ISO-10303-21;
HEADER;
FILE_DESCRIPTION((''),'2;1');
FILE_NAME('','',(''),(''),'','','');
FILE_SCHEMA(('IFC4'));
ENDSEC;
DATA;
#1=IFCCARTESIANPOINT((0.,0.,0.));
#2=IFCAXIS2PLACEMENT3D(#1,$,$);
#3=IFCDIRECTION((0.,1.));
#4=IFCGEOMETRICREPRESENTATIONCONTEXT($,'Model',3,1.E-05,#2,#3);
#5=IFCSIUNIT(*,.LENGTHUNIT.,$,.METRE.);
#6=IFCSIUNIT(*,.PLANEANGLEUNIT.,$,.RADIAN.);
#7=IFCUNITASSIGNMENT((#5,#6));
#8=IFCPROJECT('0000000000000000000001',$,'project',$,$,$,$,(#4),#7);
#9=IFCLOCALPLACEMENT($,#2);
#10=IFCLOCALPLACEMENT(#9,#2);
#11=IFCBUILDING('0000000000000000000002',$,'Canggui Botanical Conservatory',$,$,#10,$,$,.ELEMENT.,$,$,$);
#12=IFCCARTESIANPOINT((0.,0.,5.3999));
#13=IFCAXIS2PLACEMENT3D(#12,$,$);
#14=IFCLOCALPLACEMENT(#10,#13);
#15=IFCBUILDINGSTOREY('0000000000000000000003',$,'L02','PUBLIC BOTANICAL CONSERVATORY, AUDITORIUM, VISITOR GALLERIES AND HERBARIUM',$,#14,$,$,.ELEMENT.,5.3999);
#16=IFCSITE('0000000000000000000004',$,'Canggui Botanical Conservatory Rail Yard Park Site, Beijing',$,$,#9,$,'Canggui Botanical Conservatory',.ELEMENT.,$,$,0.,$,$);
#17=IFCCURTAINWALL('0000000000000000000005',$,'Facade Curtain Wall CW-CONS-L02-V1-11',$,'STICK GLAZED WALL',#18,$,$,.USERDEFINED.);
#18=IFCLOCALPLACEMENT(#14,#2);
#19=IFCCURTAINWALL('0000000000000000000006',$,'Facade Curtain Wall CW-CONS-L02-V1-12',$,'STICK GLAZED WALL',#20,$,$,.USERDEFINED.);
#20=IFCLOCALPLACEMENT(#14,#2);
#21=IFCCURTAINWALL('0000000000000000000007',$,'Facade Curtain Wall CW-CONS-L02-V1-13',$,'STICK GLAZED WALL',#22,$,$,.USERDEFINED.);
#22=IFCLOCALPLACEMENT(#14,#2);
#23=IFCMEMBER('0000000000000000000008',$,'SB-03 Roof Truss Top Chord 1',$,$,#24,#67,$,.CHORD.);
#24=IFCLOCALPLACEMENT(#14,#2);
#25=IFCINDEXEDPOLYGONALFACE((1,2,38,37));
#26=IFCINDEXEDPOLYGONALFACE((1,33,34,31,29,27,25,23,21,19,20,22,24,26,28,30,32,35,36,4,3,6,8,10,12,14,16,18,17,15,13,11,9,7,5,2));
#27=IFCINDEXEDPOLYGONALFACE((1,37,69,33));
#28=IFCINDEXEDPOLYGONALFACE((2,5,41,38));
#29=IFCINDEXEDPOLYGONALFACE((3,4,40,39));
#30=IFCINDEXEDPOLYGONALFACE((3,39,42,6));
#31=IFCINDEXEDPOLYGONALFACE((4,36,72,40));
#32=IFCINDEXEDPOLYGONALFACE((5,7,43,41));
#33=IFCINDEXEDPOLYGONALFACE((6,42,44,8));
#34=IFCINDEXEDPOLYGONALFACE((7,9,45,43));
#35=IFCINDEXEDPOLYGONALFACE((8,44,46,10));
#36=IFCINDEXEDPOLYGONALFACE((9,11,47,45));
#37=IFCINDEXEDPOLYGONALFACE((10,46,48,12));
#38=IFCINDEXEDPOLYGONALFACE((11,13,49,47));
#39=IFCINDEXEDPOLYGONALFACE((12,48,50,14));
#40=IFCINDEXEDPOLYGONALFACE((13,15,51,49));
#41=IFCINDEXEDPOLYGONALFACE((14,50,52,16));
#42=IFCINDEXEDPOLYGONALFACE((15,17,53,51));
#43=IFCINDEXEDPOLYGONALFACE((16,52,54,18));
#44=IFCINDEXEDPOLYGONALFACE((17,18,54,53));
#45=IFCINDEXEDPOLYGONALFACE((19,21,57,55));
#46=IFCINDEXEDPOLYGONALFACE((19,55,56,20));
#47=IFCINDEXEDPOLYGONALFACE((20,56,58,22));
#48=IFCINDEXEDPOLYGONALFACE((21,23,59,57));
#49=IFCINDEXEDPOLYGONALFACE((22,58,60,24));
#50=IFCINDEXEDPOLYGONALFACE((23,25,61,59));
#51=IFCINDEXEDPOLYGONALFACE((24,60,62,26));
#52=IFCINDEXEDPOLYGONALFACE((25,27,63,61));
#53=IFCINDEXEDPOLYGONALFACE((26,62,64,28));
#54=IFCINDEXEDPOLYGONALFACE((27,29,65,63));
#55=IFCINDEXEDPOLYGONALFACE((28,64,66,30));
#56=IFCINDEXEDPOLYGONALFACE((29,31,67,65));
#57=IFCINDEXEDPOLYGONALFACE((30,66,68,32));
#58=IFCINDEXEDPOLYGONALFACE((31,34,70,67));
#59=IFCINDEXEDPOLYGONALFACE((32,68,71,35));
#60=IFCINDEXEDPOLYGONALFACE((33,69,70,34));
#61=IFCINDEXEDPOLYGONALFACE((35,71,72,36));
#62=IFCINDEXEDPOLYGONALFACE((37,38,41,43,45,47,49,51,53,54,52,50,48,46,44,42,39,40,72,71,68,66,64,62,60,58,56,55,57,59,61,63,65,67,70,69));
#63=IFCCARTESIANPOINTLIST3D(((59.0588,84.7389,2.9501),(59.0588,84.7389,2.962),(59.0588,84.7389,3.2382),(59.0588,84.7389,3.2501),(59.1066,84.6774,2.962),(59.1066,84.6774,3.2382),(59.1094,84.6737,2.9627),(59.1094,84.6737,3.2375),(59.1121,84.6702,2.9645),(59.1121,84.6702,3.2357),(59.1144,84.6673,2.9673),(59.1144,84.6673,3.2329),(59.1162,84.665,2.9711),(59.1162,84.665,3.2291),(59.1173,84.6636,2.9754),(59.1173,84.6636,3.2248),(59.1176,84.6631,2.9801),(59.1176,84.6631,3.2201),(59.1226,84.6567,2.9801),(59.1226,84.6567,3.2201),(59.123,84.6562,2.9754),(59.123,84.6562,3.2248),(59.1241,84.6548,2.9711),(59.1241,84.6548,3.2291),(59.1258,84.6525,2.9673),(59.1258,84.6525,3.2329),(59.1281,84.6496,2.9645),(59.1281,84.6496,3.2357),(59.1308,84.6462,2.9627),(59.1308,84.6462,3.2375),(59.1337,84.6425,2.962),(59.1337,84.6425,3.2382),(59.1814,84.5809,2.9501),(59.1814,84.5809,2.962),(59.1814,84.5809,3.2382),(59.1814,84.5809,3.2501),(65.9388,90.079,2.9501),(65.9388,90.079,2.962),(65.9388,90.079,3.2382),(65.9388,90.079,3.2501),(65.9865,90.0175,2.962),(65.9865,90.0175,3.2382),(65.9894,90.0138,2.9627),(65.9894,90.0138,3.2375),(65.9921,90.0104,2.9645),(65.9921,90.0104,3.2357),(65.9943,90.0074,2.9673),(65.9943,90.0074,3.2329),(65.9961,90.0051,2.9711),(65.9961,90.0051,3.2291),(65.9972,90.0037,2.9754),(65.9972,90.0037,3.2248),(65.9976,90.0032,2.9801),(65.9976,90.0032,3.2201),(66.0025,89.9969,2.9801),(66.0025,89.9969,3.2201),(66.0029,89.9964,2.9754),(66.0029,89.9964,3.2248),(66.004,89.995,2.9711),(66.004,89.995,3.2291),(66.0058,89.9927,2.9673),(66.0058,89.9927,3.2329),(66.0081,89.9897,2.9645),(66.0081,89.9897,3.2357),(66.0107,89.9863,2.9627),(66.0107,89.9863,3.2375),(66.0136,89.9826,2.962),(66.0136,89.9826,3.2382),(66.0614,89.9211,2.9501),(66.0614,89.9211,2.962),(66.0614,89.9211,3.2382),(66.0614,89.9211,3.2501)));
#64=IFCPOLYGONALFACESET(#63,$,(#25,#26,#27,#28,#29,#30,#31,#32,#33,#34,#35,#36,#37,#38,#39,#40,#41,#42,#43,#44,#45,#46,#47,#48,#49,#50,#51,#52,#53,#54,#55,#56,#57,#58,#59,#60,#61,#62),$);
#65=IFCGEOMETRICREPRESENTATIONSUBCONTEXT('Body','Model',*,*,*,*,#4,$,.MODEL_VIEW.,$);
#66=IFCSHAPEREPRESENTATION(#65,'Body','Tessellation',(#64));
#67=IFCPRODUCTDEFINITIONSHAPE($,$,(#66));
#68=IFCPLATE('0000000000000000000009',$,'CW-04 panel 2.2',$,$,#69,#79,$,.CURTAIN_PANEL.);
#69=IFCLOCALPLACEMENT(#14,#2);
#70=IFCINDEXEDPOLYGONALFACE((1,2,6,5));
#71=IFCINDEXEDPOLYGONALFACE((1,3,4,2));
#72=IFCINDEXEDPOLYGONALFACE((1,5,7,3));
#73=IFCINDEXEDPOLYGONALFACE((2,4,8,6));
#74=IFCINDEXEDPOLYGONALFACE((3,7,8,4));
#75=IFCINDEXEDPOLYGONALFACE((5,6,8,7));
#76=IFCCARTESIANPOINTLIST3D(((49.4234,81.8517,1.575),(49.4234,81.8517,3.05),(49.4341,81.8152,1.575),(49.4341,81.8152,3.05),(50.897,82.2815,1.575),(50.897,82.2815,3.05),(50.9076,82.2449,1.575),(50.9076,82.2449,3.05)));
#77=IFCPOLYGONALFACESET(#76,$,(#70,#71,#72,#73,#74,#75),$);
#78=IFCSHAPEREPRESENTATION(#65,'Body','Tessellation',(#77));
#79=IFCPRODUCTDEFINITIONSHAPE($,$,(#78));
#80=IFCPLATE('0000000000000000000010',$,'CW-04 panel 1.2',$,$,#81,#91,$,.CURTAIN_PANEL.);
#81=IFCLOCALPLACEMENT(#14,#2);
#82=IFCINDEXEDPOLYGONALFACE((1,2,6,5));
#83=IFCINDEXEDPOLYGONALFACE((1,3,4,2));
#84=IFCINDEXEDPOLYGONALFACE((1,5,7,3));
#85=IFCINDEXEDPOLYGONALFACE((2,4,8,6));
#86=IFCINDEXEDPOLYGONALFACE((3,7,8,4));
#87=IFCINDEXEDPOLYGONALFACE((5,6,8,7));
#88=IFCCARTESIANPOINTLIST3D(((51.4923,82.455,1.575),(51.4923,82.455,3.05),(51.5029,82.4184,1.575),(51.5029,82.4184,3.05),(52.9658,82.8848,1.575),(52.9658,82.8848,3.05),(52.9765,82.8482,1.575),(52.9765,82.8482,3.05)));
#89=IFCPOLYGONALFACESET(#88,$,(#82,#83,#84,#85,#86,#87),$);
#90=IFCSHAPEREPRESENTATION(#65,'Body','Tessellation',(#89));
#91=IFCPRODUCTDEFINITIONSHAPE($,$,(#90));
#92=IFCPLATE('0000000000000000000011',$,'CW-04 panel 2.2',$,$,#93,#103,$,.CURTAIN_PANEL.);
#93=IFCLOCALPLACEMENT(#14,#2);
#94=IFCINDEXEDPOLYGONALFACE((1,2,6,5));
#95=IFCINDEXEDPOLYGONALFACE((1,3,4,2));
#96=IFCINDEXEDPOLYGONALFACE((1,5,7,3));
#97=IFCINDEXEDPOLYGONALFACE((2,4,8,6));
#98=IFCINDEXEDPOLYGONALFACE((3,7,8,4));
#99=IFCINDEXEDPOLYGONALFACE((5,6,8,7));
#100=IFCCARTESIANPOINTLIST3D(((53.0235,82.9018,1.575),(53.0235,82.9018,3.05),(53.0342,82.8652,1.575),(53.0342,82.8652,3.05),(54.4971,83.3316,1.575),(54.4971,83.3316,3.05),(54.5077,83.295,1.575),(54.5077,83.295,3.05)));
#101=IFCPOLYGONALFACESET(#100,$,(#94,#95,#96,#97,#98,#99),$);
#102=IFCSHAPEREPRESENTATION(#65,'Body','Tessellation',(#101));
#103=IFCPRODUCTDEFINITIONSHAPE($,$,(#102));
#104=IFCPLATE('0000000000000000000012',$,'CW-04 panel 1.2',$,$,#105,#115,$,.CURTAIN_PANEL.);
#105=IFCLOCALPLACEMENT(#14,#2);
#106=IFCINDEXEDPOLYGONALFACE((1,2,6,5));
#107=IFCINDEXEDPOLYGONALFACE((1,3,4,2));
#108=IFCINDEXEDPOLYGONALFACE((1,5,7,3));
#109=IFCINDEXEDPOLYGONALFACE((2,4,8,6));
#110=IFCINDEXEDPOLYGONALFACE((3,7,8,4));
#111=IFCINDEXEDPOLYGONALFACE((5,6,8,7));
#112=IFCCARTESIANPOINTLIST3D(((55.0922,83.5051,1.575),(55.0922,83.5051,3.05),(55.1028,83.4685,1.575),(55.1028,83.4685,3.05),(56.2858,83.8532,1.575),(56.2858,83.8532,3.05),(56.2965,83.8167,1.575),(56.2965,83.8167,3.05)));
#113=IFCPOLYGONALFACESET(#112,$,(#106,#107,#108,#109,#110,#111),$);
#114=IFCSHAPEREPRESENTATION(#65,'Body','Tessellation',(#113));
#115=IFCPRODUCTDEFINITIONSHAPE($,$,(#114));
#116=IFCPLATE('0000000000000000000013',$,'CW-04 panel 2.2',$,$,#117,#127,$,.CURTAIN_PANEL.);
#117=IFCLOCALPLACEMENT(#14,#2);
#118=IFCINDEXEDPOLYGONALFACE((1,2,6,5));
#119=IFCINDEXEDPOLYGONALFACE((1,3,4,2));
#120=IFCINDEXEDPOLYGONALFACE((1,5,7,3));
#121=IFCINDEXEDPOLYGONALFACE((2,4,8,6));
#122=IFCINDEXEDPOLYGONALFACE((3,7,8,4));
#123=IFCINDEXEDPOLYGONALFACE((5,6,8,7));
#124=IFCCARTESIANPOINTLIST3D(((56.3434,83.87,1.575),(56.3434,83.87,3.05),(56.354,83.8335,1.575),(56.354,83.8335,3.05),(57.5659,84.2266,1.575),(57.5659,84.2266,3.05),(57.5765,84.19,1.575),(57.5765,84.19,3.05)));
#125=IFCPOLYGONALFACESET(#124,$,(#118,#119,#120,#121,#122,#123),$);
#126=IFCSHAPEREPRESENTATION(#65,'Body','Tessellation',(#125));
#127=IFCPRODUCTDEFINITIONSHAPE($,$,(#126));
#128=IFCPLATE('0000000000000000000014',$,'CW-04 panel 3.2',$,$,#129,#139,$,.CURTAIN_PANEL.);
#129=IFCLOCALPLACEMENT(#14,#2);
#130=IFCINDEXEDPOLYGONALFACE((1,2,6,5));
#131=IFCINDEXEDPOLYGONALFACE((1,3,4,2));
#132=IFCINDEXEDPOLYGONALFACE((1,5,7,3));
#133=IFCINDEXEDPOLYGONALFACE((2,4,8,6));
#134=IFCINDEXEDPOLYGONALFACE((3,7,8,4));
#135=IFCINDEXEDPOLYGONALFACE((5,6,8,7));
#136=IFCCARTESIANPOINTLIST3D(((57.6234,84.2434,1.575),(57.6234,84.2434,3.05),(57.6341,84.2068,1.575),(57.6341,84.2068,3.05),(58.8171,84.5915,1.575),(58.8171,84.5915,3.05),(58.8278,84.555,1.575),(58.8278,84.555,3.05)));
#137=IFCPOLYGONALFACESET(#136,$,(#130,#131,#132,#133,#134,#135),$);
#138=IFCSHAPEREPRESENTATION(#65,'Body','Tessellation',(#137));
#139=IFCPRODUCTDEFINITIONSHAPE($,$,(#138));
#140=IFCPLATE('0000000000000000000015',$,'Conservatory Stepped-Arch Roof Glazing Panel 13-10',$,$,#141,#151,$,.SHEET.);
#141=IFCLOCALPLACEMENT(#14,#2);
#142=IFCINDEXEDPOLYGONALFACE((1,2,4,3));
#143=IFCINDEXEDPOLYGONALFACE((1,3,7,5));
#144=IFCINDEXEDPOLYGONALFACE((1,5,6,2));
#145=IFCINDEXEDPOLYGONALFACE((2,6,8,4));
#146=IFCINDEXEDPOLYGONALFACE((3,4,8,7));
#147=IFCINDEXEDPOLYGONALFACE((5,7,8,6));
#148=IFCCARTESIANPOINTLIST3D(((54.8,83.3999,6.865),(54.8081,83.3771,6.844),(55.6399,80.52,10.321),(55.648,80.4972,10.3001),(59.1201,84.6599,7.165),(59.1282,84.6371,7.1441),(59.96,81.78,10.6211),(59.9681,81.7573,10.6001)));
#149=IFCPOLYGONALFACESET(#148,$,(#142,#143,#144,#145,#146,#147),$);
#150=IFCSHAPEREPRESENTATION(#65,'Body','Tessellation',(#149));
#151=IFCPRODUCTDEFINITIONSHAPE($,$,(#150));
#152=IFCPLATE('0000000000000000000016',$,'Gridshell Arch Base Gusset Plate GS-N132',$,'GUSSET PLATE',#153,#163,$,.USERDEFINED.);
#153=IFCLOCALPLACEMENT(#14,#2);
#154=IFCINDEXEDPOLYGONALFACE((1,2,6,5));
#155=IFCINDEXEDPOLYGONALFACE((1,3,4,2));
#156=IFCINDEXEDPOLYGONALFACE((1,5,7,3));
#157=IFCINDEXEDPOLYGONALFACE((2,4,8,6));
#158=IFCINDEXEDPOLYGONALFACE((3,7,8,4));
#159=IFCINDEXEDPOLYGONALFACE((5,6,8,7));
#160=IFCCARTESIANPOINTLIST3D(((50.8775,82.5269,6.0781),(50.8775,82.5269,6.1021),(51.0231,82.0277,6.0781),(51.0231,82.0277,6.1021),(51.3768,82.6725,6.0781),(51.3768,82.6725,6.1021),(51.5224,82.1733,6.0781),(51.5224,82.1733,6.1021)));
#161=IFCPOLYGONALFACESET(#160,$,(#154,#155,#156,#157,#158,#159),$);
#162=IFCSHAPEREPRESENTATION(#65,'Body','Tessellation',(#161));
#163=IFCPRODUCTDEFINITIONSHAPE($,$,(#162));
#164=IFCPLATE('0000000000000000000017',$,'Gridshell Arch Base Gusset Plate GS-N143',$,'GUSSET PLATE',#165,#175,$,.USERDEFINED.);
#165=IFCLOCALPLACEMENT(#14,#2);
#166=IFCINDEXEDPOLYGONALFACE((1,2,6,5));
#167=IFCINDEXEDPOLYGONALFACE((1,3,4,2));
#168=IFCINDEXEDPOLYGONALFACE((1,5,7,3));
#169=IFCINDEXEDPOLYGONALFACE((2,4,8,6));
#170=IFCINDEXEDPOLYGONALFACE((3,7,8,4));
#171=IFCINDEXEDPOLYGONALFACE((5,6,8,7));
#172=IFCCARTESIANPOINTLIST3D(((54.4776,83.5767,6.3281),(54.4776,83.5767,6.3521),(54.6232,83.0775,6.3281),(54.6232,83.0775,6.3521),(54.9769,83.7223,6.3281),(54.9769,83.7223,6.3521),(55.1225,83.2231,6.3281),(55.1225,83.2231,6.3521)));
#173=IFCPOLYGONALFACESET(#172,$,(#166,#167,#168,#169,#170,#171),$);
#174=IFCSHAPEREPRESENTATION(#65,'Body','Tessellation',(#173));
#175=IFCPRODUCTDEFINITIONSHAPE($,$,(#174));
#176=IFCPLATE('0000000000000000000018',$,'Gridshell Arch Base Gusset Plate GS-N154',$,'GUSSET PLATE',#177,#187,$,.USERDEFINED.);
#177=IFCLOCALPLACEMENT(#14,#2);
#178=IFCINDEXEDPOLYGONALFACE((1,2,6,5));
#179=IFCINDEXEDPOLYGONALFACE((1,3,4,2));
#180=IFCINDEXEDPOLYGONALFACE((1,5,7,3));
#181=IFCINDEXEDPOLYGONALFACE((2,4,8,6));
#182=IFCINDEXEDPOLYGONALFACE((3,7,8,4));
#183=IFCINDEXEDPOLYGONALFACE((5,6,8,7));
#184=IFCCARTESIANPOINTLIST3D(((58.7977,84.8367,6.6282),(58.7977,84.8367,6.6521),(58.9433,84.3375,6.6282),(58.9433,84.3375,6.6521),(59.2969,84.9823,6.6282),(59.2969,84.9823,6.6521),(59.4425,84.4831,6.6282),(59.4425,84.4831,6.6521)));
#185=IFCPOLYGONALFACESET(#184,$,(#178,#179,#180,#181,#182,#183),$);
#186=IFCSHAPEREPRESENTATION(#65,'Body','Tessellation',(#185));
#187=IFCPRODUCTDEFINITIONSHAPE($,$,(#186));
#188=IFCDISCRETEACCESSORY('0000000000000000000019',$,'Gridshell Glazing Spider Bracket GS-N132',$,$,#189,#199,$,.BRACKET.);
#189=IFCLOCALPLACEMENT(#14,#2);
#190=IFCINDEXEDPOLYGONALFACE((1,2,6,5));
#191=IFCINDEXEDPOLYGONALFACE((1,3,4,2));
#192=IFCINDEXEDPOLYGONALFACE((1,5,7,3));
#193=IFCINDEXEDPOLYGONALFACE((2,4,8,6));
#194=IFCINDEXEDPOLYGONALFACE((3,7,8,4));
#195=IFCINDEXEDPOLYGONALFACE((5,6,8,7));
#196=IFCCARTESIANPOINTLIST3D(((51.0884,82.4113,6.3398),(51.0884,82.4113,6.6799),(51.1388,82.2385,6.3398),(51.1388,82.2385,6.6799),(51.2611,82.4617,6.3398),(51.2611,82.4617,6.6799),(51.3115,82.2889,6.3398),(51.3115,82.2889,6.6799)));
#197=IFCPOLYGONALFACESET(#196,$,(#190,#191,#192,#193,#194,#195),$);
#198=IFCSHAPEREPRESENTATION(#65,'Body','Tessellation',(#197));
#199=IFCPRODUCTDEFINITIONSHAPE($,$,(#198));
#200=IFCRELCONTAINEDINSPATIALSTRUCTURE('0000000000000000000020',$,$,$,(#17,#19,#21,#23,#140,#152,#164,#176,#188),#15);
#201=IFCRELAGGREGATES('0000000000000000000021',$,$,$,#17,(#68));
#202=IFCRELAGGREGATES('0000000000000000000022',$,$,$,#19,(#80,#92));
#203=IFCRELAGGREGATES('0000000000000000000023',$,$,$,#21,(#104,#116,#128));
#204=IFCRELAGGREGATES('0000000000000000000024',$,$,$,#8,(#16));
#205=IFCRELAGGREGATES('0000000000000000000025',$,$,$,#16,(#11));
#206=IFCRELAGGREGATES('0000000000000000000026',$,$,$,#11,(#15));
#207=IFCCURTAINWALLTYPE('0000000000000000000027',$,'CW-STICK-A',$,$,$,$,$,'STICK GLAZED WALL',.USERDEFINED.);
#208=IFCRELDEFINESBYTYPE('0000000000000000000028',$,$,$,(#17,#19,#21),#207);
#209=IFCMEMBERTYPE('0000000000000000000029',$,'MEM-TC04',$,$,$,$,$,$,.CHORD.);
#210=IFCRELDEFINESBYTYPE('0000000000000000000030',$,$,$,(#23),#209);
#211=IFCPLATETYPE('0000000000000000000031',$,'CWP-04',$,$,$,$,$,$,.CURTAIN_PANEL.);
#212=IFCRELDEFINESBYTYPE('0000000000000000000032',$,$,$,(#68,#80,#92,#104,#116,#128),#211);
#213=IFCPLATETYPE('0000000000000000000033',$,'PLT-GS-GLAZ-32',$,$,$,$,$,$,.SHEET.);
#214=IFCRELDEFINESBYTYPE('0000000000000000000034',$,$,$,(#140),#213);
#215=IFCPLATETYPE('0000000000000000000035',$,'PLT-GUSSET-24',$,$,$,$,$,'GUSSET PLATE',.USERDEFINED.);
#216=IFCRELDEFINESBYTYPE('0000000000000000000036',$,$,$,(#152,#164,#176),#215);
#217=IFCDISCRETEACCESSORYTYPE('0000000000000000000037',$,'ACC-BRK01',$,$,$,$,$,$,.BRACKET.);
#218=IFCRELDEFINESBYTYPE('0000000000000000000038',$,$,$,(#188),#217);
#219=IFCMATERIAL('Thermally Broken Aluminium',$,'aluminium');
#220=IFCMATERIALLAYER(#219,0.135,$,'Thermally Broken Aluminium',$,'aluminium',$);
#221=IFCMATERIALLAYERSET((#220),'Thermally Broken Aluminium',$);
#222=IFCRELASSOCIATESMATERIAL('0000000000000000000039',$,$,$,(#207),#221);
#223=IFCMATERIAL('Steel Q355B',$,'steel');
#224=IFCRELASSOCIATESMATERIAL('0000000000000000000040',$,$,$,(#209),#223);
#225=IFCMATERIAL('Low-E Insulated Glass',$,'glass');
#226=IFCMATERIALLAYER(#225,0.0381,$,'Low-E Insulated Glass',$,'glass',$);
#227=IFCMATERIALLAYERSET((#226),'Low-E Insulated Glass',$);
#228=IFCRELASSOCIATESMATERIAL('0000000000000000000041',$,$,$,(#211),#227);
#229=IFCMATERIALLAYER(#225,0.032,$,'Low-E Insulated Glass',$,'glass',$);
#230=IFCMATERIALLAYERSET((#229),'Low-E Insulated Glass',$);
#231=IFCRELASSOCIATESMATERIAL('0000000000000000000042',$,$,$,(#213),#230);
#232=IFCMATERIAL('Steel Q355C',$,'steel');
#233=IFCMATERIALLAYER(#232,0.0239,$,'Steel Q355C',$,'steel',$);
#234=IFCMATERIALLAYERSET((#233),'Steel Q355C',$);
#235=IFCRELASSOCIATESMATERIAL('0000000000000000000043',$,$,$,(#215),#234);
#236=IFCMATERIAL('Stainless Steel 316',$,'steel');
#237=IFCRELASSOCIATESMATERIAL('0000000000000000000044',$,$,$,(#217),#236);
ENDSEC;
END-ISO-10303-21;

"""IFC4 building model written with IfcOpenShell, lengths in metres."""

from ifc_helpers import new_model, si_unit, direction, frame, origin, origin_2d, place, context, subcontext, project, spatial, polyline, rectangle, i_section, outline, extrude, material, layer, layer_set, material_profile, profile_set, type_object, element, aggregate, save


model = new_model("IFC4")

# Units and contexts
model_context = context("Model", 3, precision=1e-05, world=origin(), true_north=direction((0.0, 1.0)))
body_context = subcontext(model_context, "Body", "Model", "MODEL_VIEW")
ifc_project = project(units=[si_unit("LENGTHUNIT", "METRE"), si_unit("PLANEANGLEUNIT", "RADIAN")], contexts=[model_context])

# Site, building, storey
site_placement = place(None, origin())
site = spatial("IfcSite", under=ifc_project, at=site_placement, Name="Canggui Botanical Conservatory Rail Yard Park Site, Beijing", LongName="Canggui Botanical Conservatory", CompositionType="ELEMENT", RefElevation=0.0)
building_placement = place(site_placement, origin())
building = spatial("IfcBuilding", under=site, at=building_placement, Name="Canggui Botanical Conservatory", CompositionType="ELEMENT")
storey_placement = place(building_placement, frame((0.0, 0.0, 5.3999)))
storey = spatial("IfcBuildingStorey", under=building, at=storey_placement, Name="L02", Description="PUBLIC BOTANICAL CONSERVATORY, AUDITORIUM, VISITOR GALLERIES AND HERBARIUM", CompositionType="ELEMENT", Elevation=5.3999)

# Shared definitions
ifc_material_1 = material(Name="Steel Q355C", Category="steel")

# Curtain wall
ifc_material_2 = material(Name="Thermally Broken Aluminium", Category="aluminium")
ifc_layer_1 = layer(ifc_material_2, 0.135, Name="Thermally Broken Aluminium", Category="aluminium")
ifc_layer_set_1 = layer_set([ifc_layer_1], Name="Thermally Broken Aluminium")
curtain_wall_type = type_object("IfcCurtainWallType", Name="CW-STICK-A", ElementType="STICK GLAZED WALL", PredefinedType="USERDEFINED", material=ifc_layer_set_1)
curtain_wall_1_placement = place(storey_placement, origin())
curtain_wall_1 = element("IfcCurtainWall", 1, at=curtain_wall_1_placement, inside=storey, type_object=curtain_wall_type, Name="Facade Curtain Wall CW-CONS-L02-V1-11", ObjectType="STICK GLAZED WALL", PredefinedType="USERDEFINED")

# Curtain walls
curtain_wall_2_placement = place(storey_placement, origin())
curtain_wall_2 = element("IfcCurtainWall", 2, at=curtain_wall_2_placement, inside=storey, type_object=curtain_wall_type, Name="Facade Curtain Wall CW-CONS-L02-V1-12", ObjectType="STICK GLAZED WALL", PredefinedType="USERDEFINED")
curtain_wall_3_placement = place(storey_placement, origin())
curtain_wall_3 = element("IfcCurtainWall", 3, at=curtain_wall_3_placement, inside=storey, type_object=curtain_wall_type, Name="Facade Curtain Wall CW-CONS-L02-V1-13", ObjectType="STICK GLAZED WALL", PredefinedType="USERDEFINED")

# Member
ifc_material_3 = material(Name="Steel Q355B", Category="steel")
ifc_material_profile_1 = material_profile(ifc_material_3, i_section(OverallWidth=0.2, OverallDepth=0.3, WebThickness=0.0081, FlangeThickness=0.012, FilletRadius=0.0181, at=origin_2d()), Name="HM 300x200x8x12")
ifc_profile_set_1 = profile_set([ifc_material_profile_1], Name="Steel Q355B")
member_type_1 = type_object("IfcMemberType", Name="MEM-TC04", PredefinedType="CHORD", material=ifc_profile_set_1)
member_1_placement = place(storey_placement, frame((59.1201, 84.6599, 3.1001), z_axis=(0.78996, 0.613158, 0.0), x_axis=(-0.613158, 0.78996, 0.0)))
element("IfcMember", 4, at=member_1_placement, inside=storey, type_object=member_type_1, Name="SB-03 Roof Truss Top Chord 1", PredefinedType="CHORD", context=body_context, shape_type="SweptSolid", body=[
    extrude(i_section(OverallWidth=0.2, OverallDepth=0.3, WebThickness=0.0081, FlangeThickness=0.012, FilletRadius=0.0181, at=origin_2d()), origin(), (0.0, 0.0, 1.0), 8.7092),
])

# Plates
ifc_material_4 = material(Name="Low-E Insulated Glass", Category="glass")
ifc_layer_2 = layer(ifc_material_4, 0.0381, Name="Low-E Insulated Glass", Category="glass")
ifc_layer_set_2 = layer_set([ifc_layer_2], Name="Low-E Insulated Glass")
plate_type_1 = type_object("IfcPlateType", Name="CWP-04", PredefinedType="CURTAIN_PANEL", material=ifc_layer_set_2)
plate_1_placement = place(storey_placement, frame((50.1655, 82.0483, 1.575), z_axis=(0.0, 0.0, 1.0), x_axis=(0.96, 0.28, 0.0)))
plate_1 = element("IfcPlate", 5, at=plate_1_placement, type_object=plate_type_1, Name="CW-04 panel 2.2", PredefinedType="CURTAIN_PANEL", context=body_context, shape_type="SweptSolid", body=[
    extrude(rectangle(XDim=1.5349, YDim=0.0381, at=origin_2d()), origin(), (0.0, 0.0, 1.0), 1.4751),
])
aggregate(curtain_wall_1, [plate_1])
plate_2_placement = place(storey_placement, frame((52.2344, 82.6516, 1.575), z_axis=(0.0, 0.0, 1.0), x_axis=(0.96, 0.28, 0.0)))
plate_2 = element("IfcPlate", 6, at=plate_2_placement, type_object=plate_type_1, Name="CW-04 panel 1.2", PredefinedType="CURTAIN_PANEL", context=body_context, shape_type="SweptSolid", body=[
    extrude(rectangle(XDim=1.5349, YDim=0.0381, at=origin_2d()), origin(), (0.0, 0.0, 1.0), 1.4751),
])
plate_3_placement = place(storey_placement, frame((53.7656, 83.0984, 1.575), z_axis=(0.0, 0.0, 1.0), x_axis=(0.96, 0.28, 0.0)))
plate_3 = element("IfcPlate", 7, at=plate_3_placement, type_object=plate_type_1, Name="CW-04 panel 2.2", PredefinedType="CURTAIN_PANEL", context=body_context, shape_type="SweptSolid", body=[
    extrude(rectangle(XDim=1.5349, YDim=0.0381, at=origin_2d()), origin(), (0.0, 0.0, 1.0), 1.4751),
])
aggregate(curtain_wall_2, [plate_2, plate_3])
plate_4_placement = place(storey_placement, frame((55.6943, 83.6609, 1.575), z_axis=(0.0, 0.0, 1.0), x_axis=(0.96, 0.28, 0.0)))
plate_4 = element("IfcPlate", 8, at=plate_4_placement, type_object=plate_type_1, Name="CW-04 panel 1.2", PredefinedType="CURTAIN_PANEL", context=body_context, shape_type="SweptSolid", body=[
    extrude(rectangle(XDim=1.2434, YDim=0.0381, at=origin_2d()), origin(), (0.0, 0.0, 1.0), 1.4751),
])
plate_5_placement = place(storey_placement, frame((56.96, 84.03, 1.575), z_axis=(0.0, 0.0, 1.0), x_axis=(0.96, 0.28, 0.0)))
plate_5 = element("IfcPlate", 9, at=plate_5_placement, type_object=plate_type_1, Name="CW-04 panel 2.2", PredefinedType="CURTAIN_PANEL", context=body_context, shape_type="SweptSolid", body=[
    extrude(rectangle(XDim=1.2734, YDim=0.0381, at=origin_2d()), origin(), (0.0, 0.0, 1.0), 1.4751),
])
plate_6_placement = place(storey_placement, frame((58.2256, 84.3992, 1.575), z_axis=(0.0, 0.0, 1.0), x_axis=(0.96, 0.28, 0.0)))
plate_6 = element("IfcPlate", 10, at=plate_6_placement, type_object=plate_type_1, Name="CW-04 panel 3.2", PredefinedType="CURTAIN_PANEL", context=body_context, shape_type="SweptSolid", body=[
    extrude(rectangle(XDim=1.2434, YDim=0.0381, at=origin_2d()), origin(), (0.0, 0.0, 1.0), 1.4751),
])
aggregate(curtain_wall_3, [plate_4, plate_5, plate_6])

# Plates
ifc_layer_3 = layer(ifc_material_4, 0.032, Name="Low-E Insulated Glass", Category="glass")
ifc_layer_set_3 = layer_set([ifc_layer_3], Name="Low-E Insulated Glass")
plate_type_2 = type_object("IfcPlateType", Name="PLT-GS-GLAZ-32", PredefinedType="SHEET", material=ifc_layer_set_3)
plate_7_placement = place(storey_placement, frame((55.6399, 80.52, 10.321), z_axis=(-0.253169, 0.712068, 0.654878), x_axis=(0.957874, 0.279378, 0.066529)))
element("IfcPlate", 11, at=plate_7_placement, inside=storey, type_object=plate_type_2, Name="Conservatory Stepped-Arch Roof Glazing Panel 13-10", PredefinedType="SHEET", context=body_context, shape_type="SweptSolid", body=[
    extrude(outline(polyline([(0.0, 0.0), (4.5101, 0.0), (4.2802, 4.5706), (-0.2298, 4.5706), (0.0, 0.0)])), origin(), (0.0, 0.0, -1.0), 0.032),
])
ifc_layer_4 = layer(ifc_material_1, 0.0239, Name="Steel Q355C", Category="steel")
ifc_layer_set_4 = layer_set([ifc_layer_4], Name="Steel Q355C")
plate_type_3 = type_object("IfcPlateType", Name="PLT-GUSSET-24", ElementType="GUSSET PLATE", PredefinedType="USERDEFINED", material=ifc_layer_set_4)
for number, where, z_axis, x_axis, name in (
    (12, (51.2, 82.3501, 6.0781), (0.0, 0.0, 1.0), (0.96, 0.28, 0.0), "Gridshell Arch Base Gusset Plate GS-N132"),
    (13, (54.8, 83.3999, 6.3281), (0.0, 0.0, 1.0), (0.96, 0.28, 0.0), "Gridshell Arch Base Gusset Plate GS-N143"),
    (14, (59.1201, 84.6599, 6.6282), (0.0, 0.0, 1.0), (0.96, 0.28, 0.0), "Gridshell Arch Base Gusset Plate GS-N154"),
):
    element("IfcPlate", number, at=place(storey_placement, frame(where, z_axis=z_axis, x_axis=x_axis)), inside=storey, type_object=plate_type_3, Name=name, ObjectType="GUSSET PLATE", PredefinedType="USERDEFINED", context=body_context, shape_type="SweptSolid", body=[
        extrude(rectangle(XDim=0.52, YDim=0.52, at=origin_2d()), origin(), (0.0, 0.0, 1.0), 0.0239),
    ])

# Discrete accessory
ifc_material_5 = material(Name="Stainless Steel 316", Category="steel")
discrete_accessory_type_1 = type_object("IfcDiscreteAccessoryType", Name="ACC-BRK01", PredefinedType="BRACKET", material=ifc_material_5)
for number, where, z_axis, x_axis, name in (
    (15, (51.2, 82.3501, 6.3398), (0.0, 0.0, 1.0), (0.96, 0.28, 0.0), "Gridshell Glazing Spider Bracket GS-N132"),
):
    element("IfcDiscreteAccessory", number, at=place(storey_placement, frame(where, z_axis=z_axis, x_axis=x_axis)), inside=storey, type_object=discrete_accessory_type_1, Name=name, PredefinedType="BRACKET", context=body_context, shape_type="SweptSolid", body=[
        extrude(rectangle(XDim=0.1799, YDim=0.1799, at=origin_2d()), origin(), (0.0, 0.0, 1.0), 0.3401),
    ])

save(model, "model.ifc")
